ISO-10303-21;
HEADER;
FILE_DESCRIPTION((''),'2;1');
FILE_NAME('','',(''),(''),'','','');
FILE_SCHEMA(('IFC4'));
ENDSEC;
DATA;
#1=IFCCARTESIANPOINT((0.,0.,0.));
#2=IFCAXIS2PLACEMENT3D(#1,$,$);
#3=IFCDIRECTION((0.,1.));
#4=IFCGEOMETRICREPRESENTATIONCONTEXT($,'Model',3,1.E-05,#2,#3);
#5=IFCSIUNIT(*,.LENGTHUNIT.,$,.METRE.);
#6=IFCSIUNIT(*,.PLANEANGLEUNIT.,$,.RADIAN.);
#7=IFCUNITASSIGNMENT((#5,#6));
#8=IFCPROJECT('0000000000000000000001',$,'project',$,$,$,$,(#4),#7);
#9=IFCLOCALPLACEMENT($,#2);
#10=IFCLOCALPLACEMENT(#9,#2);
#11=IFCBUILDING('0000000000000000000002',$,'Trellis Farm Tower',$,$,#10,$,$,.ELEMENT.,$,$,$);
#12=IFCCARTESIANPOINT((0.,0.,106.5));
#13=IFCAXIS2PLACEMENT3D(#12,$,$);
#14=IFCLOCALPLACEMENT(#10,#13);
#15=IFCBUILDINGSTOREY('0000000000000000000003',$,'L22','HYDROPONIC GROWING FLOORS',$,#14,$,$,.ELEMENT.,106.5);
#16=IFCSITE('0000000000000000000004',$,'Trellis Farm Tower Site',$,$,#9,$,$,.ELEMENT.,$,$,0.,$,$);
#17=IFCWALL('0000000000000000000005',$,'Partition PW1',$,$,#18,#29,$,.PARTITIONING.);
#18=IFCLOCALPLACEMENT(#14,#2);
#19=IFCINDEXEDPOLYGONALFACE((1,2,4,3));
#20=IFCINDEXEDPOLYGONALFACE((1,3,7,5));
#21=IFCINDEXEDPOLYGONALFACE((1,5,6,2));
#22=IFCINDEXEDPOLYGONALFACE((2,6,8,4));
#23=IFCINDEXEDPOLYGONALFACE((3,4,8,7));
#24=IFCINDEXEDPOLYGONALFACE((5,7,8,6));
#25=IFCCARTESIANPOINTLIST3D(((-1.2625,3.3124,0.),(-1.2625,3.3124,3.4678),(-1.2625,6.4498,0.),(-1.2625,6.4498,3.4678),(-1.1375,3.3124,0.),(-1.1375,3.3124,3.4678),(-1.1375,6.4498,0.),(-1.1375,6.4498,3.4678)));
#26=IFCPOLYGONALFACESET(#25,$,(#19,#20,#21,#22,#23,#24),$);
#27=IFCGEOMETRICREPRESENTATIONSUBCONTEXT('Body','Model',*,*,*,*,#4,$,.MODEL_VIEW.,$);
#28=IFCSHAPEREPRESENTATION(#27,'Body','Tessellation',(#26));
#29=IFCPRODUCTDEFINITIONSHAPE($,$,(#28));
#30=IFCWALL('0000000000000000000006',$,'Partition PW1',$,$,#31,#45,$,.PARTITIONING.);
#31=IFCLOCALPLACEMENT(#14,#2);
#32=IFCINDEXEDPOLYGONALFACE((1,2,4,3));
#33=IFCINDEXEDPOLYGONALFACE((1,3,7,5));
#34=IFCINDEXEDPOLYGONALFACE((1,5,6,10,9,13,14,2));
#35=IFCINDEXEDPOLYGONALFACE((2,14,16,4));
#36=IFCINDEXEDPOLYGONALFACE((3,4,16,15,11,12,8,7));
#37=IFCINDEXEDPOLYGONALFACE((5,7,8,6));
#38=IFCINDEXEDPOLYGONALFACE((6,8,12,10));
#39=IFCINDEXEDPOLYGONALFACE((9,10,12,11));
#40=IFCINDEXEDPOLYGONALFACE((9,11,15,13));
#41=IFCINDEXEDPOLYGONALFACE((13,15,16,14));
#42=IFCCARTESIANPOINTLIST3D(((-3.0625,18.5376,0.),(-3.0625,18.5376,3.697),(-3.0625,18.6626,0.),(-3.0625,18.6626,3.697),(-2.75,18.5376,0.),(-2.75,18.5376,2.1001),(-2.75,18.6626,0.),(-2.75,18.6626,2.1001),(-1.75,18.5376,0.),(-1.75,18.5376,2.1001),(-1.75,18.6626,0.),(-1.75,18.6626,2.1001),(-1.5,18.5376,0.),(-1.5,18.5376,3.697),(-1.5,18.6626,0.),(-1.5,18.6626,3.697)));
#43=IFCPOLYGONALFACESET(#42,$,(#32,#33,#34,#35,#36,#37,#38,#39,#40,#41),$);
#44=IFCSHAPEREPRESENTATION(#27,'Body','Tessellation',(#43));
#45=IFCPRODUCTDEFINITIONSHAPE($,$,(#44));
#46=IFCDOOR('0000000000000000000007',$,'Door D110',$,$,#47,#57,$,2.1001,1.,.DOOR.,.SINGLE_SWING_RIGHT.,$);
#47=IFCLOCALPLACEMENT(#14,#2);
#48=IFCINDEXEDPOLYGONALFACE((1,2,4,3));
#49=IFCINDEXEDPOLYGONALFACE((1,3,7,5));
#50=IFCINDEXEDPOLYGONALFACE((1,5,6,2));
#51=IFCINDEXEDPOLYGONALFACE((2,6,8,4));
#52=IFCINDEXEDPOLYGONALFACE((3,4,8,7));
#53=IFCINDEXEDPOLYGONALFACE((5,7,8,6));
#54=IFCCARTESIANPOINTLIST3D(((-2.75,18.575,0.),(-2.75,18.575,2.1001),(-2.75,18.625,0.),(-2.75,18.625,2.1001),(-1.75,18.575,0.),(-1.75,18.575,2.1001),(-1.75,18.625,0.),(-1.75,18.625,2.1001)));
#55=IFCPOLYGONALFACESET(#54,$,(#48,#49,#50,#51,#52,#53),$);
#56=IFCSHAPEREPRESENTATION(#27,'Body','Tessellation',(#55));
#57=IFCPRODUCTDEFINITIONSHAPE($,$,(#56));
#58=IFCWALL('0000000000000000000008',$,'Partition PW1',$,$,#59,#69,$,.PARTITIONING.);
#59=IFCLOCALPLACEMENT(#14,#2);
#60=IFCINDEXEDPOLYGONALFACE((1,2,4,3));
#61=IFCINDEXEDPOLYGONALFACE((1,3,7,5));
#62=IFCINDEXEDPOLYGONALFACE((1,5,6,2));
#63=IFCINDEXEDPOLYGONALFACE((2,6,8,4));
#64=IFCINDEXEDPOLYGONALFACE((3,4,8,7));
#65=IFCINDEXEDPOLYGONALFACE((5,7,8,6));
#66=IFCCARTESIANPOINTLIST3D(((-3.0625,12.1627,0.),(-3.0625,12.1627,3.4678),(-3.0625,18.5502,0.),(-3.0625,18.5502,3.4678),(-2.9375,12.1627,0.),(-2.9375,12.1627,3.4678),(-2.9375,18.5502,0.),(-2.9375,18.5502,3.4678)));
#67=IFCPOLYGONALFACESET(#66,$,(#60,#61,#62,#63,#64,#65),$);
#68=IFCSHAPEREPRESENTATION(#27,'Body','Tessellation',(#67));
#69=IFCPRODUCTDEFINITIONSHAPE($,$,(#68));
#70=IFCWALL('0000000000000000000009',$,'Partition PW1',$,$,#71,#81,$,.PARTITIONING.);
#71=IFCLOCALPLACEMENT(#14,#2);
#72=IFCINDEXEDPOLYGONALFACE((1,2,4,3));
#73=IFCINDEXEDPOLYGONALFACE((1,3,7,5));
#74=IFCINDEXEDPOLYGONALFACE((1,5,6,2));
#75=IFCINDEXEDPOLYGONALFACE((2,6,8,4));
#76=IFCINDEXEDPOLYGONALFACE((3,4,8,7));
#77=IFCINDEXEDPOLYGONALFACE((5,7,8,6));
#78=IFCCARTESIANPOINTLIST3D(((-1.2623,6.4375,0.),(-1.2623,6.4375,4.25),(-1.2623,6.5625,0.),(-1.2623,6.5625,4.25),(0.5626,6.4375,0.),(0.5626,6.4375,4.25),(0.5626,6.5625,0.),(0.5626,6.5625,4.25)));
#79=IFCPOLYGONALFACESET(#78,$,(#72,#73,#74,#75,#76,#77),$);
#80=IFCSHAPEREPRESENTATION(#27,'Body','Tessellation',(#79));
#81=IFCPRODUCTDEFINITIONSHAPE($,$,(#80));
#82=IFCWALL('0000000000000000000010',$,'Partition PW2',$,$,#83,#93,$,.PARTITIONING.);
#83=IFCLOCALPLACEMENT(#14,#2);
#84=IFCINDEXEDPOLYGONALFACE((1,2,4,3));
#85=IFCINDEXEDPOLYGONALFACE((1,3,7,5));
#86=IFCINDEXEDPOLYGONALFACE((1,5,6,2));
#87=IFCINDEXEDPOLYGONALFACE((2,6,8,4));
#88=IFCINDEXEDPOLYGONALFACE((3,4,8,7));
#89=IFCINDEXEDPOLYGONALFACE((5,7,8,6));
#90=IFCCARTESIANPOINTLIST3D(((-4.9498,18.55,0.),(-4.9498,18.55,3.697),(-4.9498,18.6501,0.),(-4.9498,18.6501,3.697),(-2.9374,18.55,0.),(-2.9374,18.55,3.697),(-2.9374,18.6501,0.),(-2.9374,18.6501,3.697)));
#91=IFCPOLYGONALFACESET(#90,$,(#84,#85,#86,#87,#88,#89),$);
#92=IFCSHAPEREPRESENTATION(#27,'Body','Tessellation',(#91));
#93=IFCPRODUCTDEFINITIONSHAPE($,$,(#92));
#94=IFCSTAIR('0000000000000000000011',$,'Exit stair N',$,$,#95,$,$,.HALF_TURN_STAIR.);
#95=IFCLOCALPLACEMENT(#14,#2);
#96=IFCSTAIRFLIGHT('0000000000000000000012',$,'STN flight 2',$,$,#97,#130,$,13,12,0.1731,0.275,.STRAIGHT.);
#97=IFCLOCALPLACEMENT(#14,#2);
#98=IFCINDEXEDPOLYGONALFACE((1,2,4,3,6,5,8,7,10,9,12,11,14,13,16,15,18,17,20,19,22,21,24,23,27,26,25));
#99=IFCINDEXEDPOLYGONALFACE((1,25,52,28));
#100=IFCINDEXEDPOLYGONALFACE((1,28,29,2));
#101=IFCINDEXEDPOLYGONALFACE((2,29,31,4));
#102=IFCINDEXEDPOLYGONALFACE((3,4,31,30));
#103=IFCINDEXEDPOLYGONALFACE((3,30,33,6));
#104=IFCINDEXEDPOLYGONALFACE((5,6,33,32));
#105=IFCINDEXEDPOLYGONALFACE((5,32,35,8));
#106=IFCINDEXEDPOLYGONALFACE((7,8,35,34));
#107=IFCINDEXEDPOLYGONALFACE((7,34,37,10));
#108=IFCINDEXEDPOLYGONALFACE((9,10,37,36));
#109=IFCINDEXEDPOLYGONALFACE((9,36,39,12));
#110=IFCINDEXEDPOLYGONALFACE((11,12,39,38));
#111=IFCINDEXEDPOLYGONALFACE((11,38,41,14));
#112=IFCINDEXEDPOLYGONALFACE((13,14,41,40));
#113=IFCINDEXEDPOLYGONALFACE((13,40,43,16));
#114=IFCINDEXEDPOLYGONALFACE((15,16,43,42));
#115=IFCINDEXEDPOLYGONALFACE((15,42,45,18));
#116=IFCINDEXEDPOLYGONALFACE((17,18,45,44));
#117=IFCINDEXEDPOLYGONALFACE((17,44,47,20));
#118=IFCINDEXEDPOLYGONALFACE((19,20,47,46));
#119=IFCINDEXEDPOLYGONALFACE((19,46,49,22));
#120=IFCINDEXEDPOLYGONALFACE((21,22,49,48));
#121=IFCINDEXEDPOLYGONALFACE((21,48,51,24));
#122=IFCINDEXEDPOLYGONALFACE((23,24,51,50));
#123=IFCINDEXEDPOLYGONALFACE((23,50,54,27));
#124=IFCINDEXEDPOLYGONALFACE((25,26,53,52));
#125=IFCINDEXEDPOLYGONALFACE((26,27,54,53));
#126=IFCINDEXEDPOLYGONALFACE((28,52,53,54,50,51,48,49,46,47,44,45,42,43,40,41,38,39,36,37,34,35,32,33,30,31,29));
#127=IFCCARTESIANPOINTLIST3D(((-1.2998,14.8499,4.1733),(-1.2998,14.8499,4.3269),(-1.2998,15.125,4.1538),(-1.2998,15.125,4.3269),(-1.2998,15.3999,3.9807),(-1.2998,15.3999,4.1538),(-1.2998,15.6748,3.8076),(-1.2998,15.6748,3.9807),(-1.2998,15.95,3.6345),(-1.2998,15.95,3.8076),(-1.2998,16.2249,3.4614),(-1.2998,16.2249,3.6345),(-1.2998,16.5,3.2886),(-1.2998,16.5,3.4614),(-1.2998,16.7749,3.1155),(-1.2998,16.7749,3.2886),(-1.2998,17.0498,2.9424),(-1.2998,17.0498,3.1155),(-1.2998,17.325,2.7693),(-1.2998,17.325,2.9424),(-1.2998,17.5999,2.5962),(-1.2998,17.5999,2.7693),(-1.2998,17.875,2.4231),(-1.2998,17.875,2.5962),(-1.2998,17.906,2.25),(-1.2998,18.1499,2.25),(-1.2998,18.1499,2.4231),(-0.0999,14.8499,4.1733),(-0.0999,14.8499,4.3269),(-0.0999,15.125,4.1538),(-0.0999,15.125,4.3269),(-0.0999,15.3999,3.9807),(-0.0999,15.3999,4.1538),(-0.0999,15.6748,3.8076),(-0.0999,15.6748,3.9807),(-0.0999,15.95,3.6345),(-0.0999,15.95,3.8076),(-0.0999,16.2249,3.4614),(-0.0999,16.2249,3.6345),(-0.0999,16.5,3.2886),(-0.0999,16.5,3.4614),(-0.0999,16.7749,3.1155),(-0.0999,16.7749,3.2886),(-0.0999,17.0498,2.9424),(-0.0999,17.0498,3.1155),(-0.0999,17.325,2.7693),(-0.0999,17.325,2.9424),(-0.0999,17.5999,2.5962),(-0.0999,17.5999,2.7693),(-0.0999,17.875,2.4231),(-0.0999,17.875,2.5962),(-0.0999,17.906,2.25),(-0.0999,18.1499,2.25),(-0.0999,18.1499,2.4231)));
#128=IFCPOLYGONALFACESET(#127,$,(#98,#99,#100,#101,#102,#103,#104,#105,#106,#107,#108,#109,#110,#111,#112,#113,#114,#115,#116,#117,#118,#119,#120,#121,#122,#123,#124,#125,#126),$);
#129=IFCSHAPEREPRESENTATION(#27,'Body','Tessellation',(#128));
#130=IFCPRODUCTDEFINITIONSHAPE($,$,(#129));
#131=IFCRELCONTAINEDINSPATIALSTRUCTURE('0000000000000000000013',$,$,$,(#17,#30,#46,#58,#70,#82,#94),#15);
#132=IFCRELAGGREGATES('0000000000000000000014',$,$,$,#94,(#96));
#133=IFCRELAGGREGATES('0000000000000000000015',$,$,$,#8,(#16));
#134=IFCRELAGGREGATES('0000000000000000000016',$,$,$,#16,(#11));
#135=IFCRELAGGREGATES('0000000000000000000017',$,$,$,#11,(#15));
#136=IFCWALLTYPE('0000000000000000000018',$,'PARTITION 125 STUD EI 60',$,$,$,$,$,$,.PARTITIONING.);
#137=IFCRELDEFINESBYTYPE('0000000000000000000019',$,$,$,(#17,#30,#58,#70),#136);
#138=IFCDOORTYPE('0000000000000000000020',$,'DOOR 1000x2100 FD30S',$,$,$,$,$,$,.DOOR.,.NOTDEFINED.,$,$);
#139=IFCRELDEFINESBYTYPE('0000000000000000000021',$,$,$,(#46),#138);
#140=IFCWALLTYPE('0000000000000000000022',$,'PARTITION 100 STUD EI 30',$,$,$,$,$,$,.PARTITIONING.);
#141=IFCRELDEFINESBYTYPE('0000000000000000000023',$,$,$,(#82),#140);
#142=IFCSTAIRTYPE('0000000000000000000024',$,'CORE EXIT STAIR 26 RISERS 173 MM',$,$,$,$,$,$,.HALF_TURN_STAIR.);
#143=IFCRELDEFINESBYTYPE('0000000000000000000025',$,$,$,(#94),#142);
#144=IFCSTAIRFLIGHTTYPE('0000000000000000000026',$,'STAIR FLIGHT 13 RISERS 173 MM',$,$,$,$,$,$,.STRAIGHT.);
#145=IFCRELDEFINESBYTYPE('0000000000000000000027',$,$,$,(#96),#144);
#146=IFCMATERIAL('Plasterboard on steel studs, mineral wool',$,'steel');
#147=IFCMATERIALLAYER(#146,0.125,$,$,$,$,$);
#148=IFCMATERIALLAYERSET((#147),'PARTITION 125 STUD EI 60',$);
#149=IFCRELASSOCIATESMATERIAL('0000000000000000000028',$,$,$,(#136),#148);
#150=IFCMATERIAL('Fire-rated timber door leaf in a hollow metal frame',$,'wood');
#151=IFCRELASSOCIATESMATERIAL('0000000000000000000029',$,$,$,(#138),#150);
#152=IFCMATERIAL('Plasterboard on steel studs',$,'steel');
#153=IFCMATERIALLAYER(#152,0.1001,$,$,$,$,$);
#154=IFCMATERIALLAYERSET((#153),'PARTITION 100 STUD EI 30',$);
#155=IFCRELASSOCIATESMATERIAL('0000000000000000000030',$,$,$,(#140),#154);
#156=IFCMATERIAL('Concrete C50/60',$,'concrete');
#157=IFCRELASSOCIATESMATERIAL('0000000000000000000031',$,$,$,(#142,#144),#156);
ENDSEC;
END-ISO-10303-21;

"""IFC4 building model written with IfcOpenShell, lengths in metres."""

from ifc_helpers import new_model, si_unit, direction, frame, frame_2d, origin, place, context, subcontext, project, spatial, polyline, rectangle, outline, extrude, source, transform, mapped, material, layer, layer_set, type_object, element, fill, aggregate, save


model = new_model("IFC4")

# Units and contexts
model_context = context("Model", 3, precision=1e-05, world=origin(), true_north=direction((0.0, 1.0)))
body_context = subcontext(model_context, "Body", "Model", "MODEL_VIEW")
ifc_project = project(units=[si_unit("LENGTHUNIT", "METRE"), si_unit("PLANEANGLEUNIT", "RADIAN")], contexts=[model_context])

# Site, building, storey
site_placement = place(None, origin())
site = spatial("IfcSite", under=ifc_project, at=site_placement, Name="Trellis Farm Tower Site", CompositionType="ELEMENT", RefElevation=0.0)
building_placement = place(site_placement, origin())
building = spatial("IfcBuilding", under=site, at=building_placement, Name="Trellis Farm Tower", CompositionType="ELEMENT")
storey_placement = place(building_placement, frame((0.0, 0.0, 106.5)))
storey = spatial("IfcBuildingStorey", under=building, at=storey_placement, Name="L22", Description="HYDROPONIC GROWING FLOORS", CompositionType="ELEMENT", Elevation=106.5)

# Shared definitions
placement = place(storey_placement, origin())

# Wall
ifc_material_1 = material(Name="Plasterboard on steel studs, mineral wool", Category="steel")
ifc_layer_1 = layer(ifc_material_1, 0.125)
ifc_layer_set_1 = layer_set([ifc_layer_1], Name="PARTITION 125 STUD EI 60")
wall_type_1 = type_object("IfcWallType", Name="PARTITION 125 STUD EI 60", PredefinedType="PARTITIONING", material=ifc_layer_set_1)
shared_shape_1 = source(origin(), body_context, "Body", "SweptSolid", [
    extrude(rectangle(XDim=3.1375, YDim=0.125, at=frame_2d((1.5688, 0.0))), origin(), (0.0, 0.0, 1.0), 3.4678),
])
wall_1_placement = place(storey_placement, frame((-1.2, 6.45, 0.0), z_axis=(0.0, 0.0, 1.0), x_axis=(0.0, -1.0, 0.0)))
element("IfcWall", 1, at=wall_1_placement, inside=storey, type_object=wall_type_1, Name="Partition PW1", PredefinedType="PARTITIONING", context=body_context, shape_type="MappedRepresentation", body=[
    mapped(shared_shape_1, transform((0.0, 0.0, 0.0))),
])

# Wall, opening, door
shared_shape_2 = source(origin(), body_context, "Body", "SweptSolid", [
    extrude(rectangle(XDim=1.5625, YDim=0.125, at=frame_2d((0.7812, 0.0))), origin(), (0.0, 0.0, 1.0), 3.697),
])
wall_2_placement = place(storey_placement, frame((-3.0625, 18.6001, 0.0), z_axis=(0.0, 0.0, 1.0), x_axis=(1.0, 0.0, 0.0)))
wall_2 = element("IfcWall", 2, at=wall_2_placement, inside=storey, type_object=wall_type_1, Name="Partition PW1", PredefinedType="PARTITIONING", context=body_context, shape_type="MappedRepresentation", body=[
    mapped(shared_shape_2, transform((0.0, 0.0, 0.0))),
])
shared_shape_3 = source(origin(), body_context, "Body", "SweptSolid", [
    extrude(rectangle(XDim=1.0, YDim=2.1001, at=frame_2d((0.5, 1.05))), frame((0.0, 0.0725, 0.0), z_axis=(0.0, -1.0, 0.0), x_axis=(1.0, 0.0, 0.0)), (0.0, 0.0, 1.0), 0.145),
])
opening_1_placement = place(wall_2_placement, frame((0.3125, 0.0, 0.0)))
opening_1 = element("IfcOpeningElement", 3, at=opening_1_placement, cuts=wall_2, PredefinedType="OPENING", context=body_context, shape_type="MappedRepresentation", body=[
    mapped(shared_shape_3, transform((0.0, 0.0, 0.0))),
])
ifc_material_2 = material(Name="Fire-rated timber door leaf in a hollow metal frame", Category="wood")
door_type_1 = type_object("IfcDoorType", Name="DOOR 1000x2100 FD30S", OperationType="NOTDEFINED", PredefinedType="DOOR", material=ifc_material_2)
shared_shape_4 = source(origin(), body_context, "Body", "SweptSolid", [
    extrude(rectangle(XDim=1.0, YDim=2.1001, at=frame_2d((0.5, 1.05))), frame((0.0, 0.0249, 0.0), z_axis=(0.0, -1.0, 0.0), x_axis=(1.0, 0.0, 0.0)), (0.0, 0.0, 1.0), 0.05),
])
door_1_placement = place(opening_1_placement, origin())
door_1 = element("IfcDoor", 4, at=door_1_placement, inside=storey, type_object=door_type_1, Name="Door D110", OperationType="SINGLE_SWING_RIGHT", OverallHeight=2.1001, OverallWidth=1.0, PredefinedType="DOOR", context=body_context, shape_type="MappedRepresentation", body=[
    mapped(shared_shape_4, transform((0.0, 0.0, 0.0))),
])
fill(opening_1, door_1)

# Walls
shared_shape_5 = source(origin(), body_context, "Body", "SweptSolid", [
    extrude(rectangle(XDim=6.3875, YDim=0.125, at=frame_2d((3.1938, 0.0))), origin(), (0.0, 0.0, 1.0), 3.4678),
])
wall_3_placement = place(storey_placement, frame((-3.0, 12.1626, 0.0), z_axis=(0.0, 0.0, 1.0), x_axis=(0.0, 1.0, 0.0)))
element("IfcWall", 5, at=wall_3_placement, inside=storey, type_object=wall_type_1, Name="Partition PW1", PredefinedType="PARTITIONING", context=body_context, shape_type="MappedRepresentation", body=[
    mapped(shared_shape_5, transform((0.0, 0.0, 0.0))),
])
shared_shape_6 = source(origin(), body_context, "Body", "SweptSolid", [
    extrude(rectangle(XDim=1.825, YDim=0.125, at=frame_2d((0.9126, 0.0))), origin(), (0.0, 0.0, 1.0), 4.25),
])
wall_4_placement = place(storey_placement, frame((-1.2625, 6.5, 0.0), z_axis=(0.0, 0.0, 1.0), x_axis=(1.0, 0.0, 0.0)))
element("IfcWall", 6, at=wall_4_placement, inside=storey, type_object=wall_type_1, Name="Partition PW1", PredefinedType="PARTITIONING", context=body_context, shape_type="MappedRepresentation", body=[
    mapped(shared_shape_6, transform((0.0, 0.0, 0.0))),
])
ifc_material_3 = material(Name="Plasterboard on steel studs", Category="steel")
ifc_layer_2 = layer(ifc_material_3, 0.1001)
ifc_layer_set_2 = layer_set([ifc_layer_2], Name="PARTITION 100 STUD EI 30")
wall_type_2 = type_object("IfcWallType", Name="PARTITION 100 STUD EI 30", PredefinedType="PARTITIONING", material=ifc_layer_set_2)
shared_shape_7 = source(origin(), body_context, "Body", "SweptSolid", [
    extrude(rectangle(XDim=2.0125, YDim=0.1001, at=frame_2d((1.0063, 0.0))), origin(), (0.0, 0.0, 1.0), 3.697),
])
wall_5_placement = place(storey_placement, frame((-4.95, 18.6001, 0.0), z_axis=(0.0, 0.0, 1.0), x_axis=(1.0, 0.0, 0.0)))
element("IfcWall", 7, at=wall_5_placement, inside=storey, type_object=wall_type_2, Name="Partition PW2", PredefinedType="PARTITIONING", context=body_context, shape_type="MappedRepresentation", body=[
    mapped(shared_shape_7, transform((0.0, 0.0, 0.0))),
])

# Stair, stair flight
ifc_material_4 = material(Name="Concrete C50/60", Category="concrete")
stair_type = type_object("IfcStairType", Name="CORE EXIT STAIR 26 RISERS 173 MM", PredefinedType="HALF_TURN_STAIR", material=ifc_material_4)
stair = element("IfcStair", 8, at=placement, inside=storey, type_object=stair_type, Name="Exit stair N", PredefinedType="HALF_TURN_STAIR")
stair_flight_type = type_object("IfcStairFlightType", Name="STAIR FLIGHT 13 RISERS 173 MM", PredefinedType="STRAIGHT", material=ifc_material_4)
shared_shape_8 = source(origin(), body_context, "Body", "SweptSolid", [
    extrude(outline(polyline([(0.0, 0.0), (0.0, 0.1731), (0.2749, 0.1731), (0.2749, 0.3462), (0.55, 0.3462), (0.55, 0.5193), (0.825, 0.5193), (0.825, 0.6924), (1.1001, 0.6924), (1.1001, 0.8655), (1.375, 0.8655), (1.375, 1.0386), (1.6499, 1.0386), (1.6499, 1.2114), (1.925, 1.2114), (1.925, 1.3845), (2.2, 1.3845), (2.2, 1.5576), (2.4751, 1.5576), (2.4751, 1.7307), (2.75, 1.7307), (2.75, 1.9038), (3.0249, 1.9038), (3.0249, 2.0769), (3.3, 2.0769), (3.3, 2.25), (3.3, 1.9233), (0.2439, 0.0), (0.0, 0.0)])), frame((0.0, 0.6001, 0.0), z_axis=(0.0, -1.0, 0.0), x_axis=(1.0, 0.0, 0.0)), (0.0, 0.0, 1.0), 1.2),
])
stair_flight_placement = place(storey_placement, frame((-0.7, 18.1499, 2.25), z_axis=(0.0, 0.0, 1.0), x_axis=(0.0, -1.0, 0.0)))
stair_flight = element("IfcStairFlight", 9, at=stair_flight_placement, type_object=stair_flight_type, Name="STN flight 2", NumberOfRisers=13, NumberOfTreads=12, PredefinedType="STRAIGHT", RiserHeight=0.1731, TreadLength=0.275, context=body_context, shape_type="MappedRepresentation", body=[
    mapped(shared_shape_8, transform((0.0, 0.0, 0.0))),
])
aggregate(stair, [stair_flight])

save(model, "model.ifc")
